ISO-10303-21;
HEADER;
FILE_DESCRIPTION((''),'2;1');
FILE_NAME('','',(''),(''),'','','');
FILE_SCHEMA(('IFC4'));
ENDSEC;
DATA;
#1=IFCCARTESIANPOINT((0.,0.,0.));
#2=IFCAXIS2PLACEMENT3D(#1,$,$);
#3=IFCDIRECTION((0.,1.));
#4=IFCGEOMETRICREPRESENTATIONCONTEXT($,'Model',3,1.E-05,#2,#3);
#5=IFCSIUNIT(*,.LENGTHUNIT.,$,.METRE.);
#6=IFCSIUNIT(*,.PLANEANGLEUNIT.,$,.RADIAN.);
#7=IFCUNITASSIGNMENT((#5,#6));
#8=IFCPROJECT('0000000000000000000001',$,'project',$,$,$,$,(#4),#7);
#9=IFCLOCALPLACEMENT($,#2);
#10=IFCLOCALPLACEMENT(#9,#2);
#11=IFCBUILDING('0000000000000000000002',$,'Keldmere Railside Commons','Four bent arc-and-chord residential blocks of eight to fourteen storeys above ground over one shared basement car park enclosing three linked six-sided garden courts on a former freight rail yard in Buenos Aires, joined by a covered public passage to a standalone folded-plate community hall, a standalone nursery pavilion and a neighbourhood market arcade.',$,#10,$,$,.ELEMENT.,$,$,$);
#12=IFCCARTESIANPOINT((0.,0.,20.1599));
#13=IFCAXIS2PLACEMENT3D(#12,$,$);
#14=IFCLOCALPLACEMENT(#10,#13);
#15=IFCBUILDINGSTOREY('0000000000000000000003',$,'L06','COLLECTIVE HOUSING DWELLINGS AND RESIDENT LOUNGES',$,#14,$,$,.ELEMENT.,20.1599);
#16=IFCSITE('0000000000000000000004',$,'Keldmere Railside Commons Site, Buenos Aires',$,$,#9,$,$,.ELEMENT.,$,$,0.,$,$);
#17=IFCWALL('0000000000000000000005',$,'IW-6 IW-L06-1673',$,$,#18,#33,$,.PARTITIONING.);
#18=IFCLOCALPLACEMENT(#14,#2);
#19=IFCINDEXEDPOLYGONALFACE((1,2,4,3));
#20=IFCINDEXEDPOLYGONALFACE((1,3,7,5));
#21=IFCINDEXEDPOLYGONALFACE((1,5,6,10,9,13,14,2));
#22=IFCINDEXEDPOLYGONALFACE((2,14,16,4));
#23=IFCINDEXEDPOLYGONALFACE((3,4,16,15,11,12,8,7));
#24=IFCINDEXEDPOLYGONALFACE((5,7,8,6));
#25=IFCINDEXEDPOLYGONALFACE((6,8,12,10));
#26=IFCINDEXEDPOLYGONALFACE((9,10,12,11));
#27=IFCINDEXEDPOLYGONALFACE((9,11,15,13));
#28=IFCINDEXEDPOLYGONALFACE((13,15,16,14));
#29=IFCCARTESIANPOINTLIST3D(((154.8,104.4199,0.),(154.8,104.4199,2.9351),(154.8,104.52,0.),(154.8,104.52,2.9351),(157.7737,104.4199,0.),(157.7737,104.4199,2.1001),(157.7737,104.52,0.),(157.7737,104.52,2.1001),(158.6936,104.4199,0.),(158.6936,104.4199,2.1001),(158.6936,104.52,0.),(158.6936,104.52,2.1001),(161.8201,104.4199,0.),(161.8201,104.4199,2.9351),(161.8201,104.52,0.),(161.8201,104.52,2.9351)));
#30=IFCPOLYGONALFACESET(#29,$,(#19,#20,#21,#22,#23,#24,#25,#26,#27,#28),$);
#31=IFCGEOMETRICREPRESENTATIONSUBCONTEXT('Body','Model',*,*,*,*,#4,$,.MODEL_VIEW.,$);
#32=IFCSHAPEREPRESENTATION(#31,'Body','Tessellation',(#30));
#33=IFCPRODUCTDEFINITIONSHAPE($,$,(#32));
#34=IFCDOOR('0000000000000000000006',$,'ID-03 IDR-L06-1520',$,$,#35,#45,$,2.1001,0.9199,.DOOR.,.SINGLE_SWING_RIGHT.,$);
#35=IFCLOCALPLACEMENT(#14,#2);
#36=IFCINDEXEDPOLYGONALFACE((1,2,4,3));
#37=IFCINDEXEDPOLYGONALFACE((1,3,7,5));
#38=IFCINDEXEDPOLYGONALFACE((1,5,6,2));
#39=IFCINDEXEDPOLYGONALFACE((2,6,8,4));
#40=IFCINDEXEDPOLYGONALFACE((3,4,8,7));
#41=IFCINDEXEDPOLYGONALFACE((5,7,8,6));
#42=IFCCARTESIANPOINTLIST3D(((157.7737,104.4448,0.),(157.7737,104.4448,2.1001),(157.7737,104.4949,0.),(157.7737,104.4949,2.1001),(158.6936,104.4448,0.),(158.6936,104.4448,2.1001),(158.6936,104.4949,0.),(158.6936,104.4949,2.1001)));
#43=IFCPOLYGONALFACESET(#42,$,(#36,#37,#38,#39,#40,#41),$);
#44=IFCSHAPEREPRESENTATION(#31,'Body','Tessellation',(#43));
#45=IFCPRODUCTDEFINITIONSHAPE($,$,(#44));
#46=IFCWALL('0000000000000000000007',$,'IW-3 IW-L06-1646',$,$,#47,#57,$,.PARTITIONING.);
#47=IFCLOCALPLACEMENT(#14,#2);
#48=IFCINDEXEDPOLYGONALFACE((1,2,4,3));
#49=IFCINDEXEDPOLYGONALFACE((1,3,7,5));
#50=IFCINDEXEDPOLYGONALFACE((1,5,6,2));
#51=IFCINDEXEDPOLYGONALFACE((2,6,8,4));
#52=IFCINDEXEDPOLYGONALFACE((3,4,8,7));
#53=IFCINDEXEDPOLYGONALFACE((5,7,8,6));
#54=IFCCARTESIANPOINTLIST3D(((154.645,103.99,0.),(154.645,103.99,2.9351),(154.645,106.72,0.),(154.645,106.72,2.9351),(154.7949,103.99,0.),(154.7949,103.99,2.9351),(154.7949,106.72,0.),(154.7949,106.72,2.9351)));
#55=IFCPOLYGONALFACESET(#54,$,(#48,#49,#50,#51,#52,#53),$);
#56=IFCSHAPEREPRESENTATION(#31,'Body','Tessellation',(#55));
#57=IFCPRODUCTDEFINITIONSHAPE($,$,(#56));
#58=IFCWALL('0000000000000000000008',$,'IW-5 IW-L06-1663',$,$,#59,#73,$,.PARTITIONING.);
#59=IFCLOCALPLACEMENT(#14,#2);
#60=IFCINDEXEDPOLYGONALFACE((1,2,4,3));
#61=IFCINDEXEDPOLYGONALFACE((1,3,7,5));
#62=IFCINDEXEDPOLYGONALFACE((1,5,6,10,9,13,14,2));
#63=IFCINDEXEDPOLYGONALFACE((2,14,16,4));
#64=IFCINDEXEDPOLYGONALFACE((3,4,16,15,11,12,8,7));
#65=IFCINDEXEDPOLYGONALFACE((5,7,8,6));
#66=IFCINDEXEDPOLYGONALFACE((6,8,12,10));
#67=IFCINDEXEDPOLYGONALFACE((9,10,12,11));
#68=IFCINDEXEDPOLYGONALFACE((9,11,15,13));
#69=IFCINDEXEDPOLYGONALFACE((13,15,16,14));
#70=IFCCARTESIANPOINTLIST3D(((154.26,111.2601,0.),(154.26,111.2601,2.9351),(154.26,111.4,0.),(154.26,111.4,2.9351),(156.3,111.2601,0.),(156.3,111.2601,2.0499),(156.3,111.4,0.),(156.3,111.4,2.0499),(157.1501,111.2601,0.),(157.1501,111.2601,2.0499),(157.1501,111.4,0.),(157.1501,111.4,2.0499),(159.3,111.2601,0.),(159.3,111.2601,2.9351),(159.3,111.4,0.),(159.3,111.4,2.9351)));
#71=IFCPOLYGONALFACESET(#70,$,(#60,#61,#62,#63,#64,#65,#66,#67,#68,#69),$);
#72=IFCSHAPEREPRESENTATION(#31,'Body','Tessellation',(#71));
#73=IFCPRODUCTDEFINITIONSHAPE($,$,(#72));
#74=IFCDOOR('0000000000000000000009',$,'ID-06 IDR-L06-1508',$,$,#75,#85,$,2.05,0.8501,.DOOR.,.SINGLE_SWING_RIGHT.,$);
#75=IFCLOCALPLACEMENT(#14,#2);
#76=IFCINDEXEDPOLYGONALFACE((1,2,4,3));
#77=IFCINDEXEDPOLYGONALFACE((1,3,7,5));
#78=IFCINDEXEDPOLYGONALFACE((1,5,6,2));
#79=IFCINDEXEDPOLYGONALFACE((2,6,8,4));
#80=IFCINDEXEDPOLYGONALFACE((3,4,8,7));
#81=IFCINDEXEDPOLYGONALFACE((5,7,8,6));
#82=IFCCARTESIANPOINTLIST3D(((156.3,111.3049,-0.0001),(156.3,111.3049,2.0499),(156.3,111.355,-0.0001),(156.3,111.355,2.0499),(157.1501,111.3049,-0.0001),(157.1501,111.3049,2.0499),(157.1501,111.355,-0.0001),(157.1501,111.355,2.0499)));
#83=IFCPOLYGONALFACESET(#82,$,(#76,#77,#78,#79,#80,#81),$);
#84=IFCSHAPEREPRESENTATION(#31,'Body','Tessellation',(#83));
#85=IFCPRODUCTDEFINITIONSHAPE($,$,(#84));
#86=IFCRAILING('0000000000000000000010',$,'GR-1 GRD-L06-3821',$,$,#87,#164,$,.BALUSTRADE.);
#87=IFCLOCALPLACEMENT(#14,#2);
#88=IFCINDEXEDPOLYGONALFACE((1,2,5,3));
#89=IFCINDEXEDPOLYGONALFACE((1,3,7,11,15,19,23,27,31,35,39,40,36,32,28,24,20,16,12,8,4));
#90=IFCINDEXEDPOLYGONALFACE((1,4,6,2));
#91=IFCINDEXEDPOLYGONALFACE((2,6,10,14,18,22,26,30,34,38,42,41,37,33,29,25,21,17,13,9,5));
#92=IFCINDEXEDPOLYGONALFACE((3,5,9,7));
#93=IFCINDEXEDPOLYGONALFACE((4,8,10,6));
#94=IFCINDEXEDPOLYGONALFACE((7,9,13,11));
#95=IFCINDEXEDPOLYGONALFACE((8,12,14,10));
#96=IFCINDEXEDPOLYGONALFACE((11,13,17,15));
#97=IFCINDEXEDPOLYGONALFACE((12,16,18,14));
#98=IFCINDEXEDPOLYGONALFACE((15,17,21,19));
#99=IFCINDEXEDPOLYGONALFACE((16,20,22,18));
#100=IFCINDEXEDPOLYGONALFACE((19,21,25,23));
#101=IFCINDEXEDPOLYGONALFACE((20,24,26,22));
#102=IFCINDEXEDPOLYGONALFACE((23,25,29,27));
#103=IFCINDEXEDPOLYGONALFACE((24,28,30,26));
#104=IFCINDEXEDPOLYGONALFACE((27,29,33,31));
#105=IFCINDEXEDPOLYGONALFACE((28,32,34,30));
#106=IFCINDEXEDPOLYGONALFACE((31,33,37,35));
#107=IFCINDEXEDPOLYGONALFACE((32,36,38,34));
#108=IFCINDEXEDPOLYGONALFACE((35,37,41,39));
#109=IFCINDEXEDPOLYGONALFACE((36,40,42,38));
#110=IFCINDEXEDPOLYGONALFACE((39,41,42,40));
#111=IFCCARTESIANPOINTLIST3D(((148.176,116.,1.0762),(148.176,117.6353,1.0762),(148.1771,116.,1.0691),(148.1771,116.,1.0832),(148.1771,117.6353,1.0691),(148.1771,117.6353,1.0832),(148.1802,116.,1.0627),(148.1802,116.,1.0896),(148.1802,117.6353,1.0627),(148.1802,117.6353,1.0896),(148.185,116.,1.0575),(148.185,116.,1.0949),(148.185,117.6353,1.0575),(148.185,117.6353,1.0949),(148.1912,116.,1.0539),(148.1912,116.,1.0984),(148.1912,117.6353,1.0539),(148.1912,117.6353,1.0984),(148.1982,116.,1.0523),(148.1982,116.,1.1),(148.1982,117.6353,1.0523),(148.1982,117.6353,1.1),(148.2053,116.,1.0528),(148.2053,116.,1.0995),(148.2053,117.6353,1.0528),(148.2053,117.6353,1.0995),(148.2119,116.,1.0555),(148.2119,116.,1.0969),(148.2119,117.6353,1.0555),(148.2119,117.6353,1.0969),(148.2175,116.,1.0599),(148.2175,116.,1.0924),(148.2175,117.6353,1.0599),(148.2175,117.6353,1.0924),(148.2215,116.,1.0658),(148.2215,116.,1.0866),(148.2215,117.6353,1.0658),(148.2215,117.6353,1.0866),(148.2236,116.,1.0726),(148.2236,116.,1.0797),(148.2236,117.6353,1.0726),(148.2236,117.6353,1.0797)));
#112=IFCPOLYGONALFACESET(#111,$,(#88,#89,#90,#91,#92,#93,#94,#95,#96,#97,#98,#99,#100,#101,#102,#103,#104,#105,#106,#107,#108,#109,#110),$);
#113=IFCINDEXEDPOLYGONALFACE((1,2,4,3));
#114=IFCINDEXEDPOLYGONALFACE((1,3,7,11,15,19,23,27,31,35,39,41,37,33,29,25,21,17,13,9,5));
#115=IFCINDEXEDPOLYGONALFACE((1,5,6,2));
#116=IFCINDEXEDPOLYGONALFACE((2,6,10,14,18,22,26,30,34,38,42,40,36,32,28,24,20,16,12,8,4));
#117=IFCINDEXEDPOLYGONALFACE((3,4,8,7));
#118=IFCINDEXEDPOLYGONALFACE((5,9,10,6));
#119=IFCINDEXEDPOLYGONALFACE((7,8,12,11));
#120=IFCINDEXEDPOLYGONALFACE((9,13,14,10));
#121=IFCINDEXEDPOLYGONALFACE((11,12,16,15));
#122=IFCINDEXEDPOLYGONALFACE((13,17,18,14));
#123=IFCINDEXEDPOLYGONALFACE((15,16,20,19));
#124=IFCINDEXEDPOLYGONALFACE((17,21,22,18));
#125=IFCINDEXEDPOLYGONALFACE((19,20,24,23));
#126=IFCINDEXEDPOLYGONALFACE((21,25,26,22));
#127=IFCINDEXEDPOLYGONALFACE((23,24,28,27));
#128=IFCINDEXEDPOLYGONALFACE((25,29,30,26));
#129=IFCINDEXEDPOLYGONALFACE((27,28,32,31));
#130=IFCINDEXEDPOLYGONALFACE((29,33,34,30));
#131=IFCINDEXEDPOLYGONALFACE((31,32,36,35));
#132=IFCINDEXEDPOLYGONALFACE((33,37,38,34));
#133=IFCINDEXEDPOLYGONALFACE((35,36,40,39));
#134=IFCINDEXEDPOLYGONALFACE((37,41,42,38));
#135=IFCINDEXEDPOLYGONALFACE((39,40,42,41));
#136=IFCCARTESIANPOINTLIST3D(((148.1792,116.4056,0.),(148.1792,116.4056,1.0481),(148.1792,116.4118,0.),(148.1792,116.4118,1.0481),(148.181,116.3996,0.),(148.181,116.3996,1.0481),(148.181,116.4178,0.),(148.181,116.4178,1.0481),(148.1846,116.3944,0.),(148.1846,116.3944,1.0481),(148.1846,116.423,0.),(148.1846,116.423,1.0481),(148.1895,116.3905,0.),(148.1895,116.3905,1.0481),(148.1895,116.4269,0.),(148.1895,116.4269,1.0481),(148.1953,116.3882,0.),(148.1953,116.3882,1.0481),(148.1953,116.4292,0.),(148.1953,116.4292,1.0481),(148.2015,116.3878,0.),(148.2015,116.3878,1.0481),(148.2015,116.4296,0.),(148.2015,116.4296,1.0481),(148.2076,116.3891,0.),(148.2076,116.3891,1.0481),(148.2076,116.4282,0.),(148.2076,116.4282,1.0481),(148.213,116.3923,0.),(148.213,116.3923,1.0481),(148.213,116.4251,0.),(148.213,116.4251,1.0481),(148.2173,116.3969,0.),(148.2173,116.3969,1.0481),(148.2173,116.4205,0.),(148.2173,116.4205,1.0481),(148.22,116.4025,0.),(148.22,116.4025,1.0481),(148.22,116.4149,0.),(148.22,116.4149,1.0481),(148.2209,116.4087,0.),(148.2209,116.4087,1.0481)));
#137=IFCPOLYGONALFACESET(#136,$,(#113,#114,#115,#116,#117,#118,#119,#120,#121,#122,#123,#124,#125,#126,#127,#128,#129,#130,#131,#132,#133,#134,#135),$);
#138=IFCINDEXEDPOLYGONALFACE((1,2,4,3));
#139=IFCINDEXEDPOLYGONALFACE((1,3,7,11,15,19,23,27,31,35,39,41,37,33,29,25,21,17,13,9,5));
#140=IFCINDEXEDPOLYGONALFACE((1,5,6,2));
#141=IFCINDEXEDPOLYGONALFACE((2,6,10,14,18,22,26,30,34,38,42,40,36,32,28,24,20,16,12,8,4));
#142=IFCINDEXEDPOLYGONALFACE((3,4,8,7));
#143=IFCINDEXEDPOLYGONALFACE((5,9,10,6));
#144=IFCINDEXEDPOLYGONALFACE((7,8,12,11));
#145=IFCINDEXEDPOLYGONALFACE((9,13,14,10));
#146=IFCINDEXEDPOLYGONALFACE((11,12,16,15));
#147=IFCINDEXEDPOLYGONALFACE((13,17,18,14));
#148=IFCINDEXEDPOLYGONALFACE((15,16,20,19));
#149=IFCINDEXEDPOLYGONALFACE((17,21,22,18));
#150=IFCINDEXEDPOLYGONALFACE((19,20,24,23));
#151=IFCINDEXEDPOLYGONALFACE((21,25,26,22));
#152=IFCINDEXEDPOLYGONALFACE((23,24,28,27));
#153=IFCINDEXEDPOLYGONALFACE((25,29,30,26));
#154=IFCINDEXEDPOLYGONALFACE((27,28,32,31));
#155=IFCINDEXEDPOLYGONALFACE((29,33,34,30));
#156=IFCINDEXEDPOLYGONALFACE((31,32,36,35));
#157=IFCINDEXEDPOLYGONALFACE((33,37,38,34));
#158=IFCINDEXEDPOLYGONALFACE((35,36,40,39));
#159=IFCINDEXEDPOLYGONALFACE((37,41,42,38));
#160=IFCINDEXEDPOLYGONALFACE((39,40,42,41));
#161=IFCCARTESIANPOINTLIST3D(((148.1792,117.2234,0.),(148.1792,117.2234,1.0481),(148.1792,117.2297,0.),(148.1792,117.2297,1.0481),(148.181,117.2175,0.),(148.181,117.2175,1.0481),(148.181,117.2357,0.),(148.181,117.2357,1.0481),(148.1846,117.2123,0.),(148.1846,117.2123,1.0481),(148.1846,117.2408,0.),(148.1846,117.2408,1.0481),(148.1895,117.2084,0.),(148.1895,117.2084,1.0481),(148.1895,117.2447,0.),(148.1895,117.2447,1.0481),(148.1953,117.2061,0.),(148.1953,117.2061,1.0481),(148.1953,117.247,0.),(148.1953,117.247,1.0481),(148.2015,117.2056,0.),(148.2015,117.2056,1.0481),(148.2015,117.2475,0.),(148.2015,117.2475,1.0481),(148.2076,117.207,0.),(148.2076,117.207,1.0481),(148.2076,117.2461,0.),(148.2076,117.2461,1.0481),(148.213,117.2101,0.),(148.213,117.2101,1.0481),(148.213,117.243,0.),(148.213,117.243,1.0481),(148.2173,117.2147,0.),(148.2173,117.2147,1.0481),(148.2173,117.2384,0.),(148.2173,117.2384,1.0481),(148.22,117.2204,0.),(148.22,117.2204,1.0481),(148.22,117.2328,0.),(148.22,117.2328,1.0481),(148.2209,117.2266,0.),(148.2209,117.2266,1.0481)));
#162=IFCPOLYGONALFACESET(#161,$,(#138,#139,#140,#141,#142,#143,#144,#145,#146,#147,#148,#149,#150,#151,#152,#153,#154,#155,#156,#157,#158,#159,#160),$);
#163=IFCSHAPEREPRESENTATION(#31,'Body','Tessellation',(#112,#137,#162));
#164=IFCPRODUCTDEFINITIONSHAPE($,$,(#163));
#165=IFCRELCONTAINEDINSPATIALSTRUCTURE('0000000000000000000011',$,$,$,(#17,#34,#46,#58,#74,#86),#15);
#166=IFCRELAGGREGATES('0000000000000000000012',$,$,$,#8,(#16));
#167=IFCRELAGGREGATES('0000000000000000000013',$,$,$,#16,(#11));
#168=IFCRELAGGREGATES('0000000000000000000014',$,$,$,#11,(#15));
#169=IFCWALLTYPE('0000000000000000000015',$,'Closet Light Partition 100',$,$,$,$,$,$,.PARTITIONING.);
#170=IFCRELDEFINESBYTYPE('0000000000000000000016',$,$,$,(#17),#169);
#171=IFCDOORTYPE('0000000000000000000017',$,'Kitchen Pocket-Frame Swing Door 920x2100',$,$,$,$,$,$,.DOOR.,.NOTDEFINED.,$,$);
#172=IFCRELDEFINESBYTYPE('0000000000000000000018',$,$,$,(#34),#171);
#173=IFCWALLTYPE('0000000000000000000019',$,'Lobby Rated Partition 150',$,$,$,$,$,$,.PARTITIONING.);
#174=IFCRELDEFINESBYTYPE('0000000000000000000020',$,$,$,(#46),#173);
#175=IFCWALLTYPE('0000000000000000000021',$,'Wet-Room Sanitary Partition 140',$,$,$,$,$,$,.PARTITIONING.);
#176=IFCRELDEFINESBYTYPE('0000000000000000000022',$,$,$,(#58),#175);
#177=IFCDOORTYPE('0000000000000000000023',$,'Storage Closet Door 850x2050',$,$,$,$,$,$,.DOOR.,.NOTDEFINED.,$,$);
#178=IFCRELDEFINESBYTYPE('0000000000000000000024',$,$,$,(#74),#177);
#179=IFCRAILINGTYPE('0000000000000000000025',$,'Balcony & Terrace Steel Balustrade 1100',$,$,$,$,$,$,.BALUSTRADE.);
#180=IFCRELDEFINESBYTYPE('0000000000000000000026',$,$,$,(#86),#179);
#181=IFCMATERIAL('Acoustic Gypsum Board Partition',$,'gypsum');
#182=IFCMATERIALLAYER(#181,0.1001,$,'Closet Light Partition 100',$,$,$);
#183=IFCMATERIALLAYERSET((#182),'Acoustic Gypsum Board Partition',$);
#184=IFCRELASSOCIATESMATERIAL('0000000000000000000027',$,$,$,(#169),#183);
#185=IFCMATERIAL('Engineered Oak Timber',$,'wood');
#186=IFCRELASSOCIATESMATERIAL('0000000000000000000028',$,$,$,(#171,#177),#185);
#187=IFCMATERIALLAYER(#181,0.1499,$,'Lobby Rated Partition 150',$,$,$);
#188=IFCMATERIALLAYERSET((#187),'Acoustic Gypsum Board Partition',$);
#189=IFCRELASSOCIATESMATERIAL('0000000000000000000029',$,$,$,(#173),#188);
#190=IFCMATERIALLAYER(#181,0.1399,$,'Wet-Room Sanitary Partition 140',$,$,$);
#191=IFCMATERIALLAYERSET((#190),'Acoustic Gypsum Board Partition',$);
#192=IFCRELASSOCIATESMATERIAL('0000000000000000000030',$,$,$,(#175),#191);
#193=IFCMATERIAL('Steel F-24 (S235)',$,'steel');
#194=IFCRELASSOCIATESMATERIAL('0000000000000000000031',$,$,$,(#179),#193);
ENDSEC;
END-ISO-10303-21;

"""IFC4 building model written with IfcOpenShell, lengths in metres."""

from ifc_helpers import new_model, si_unit, direction, frame, frame_2d, origin, origin_2d, place, context, subcontext, project, spatial, rectangle, circle, extrude, material, layer, layer_set, type_object, element, fill, save


model = new_model("IFC4")

# Units and contexts
model_context = context("Model", 3, precision=1e-05, world=origin(), true_north=direction((0.0, 1.0)))
body_context = subcontext(model_context, "Body", "Model", "MODEL_VIEW")
ifc_project = project(units=[si_unit("LENGTHUNIT", "METRE"), si_unit("PLANEANGLEUNIT", "RADIAN")], contexts=[model_context])

# Site, building, storey
site_placement = place(None, origin())
site = spatial("IfcSite", under=ifc_project, at=site_placement, Name="Keldmere Railside Commons Site, Buenos Aires", CompositionType="ELEMENT", RefElevation=0.0)
building_placement = place(site_placement, origin())
building = spatial("IfcBuilding", under=site, at=building_placement, Name="Keldmere Railside Commons", Description="Four bent arc-and-chord residential blocks of eight to fourteen storeys above ground over one shared basement car park enclosing three linked six-sided garden courts on a former freight rail yard in Buenos Aires, joined by a covered public passage to a standalone folded-plate community hall, a standalone nursery pavilion and a neighbourhood market arcade.", CompositionType="ELEMENT")
storey_placement = place(building_placement, frame((0.0, 0.0, 20.1599)))
storey = spatial("IfcBuildingStorey", under=building, at=storey_placement, Name="L06", Description="COLLECTIVE HOUSING DWELLINGS AND RESIDENT LOUNGES", CompositionType="ELEMENT", Elevation=20.1599)

# Shared definitions
ifc_material_1 = material(Name="Acoustic Gypsum Board Partition", Category="gypsum")
ifc_material_2 = material(Name="Engineered Oak Timber", Category="wood")

# Wall, opening, door
ifc_layer_1 = layer(ifc_material_1, 0.1001, Name="Closet Light Partition 100")
ifc_layer_set_1 = layer_set([ifc_layer_1], Name="Acoustic Gypsum Board Partition")
wall_type_1 = type_object("IfcWallType", Name="Closet Light Partition 100", PredefinedType="PARTITIONING", material=ifc_layer_set_1)
wall_1_placement = place(storey_placement, frame((154.8, 104.47, 0.0), z_axis=(0.0, 0.0, 1.0), x_axis=(1.0, 0.0, 0.0)))
wall_1 = element("IfcWall", 1, at=wall_1_placement, inside=storey, type_object=wall_type_1, Name="IW-6 IW-L06-1673", PredefinedType="PARTITIONING", context=body_context, shape_type="SweptSolid", body=[
    extrude(rectangle(XDim=7.02, YDim=0.1001, at=frame_2d((3.51, 0.0))), origin(), (0.0, 0.0, 1.0), 2.9351),
])
opening_1_placement = place(wall_1_placement, frame((2.9736, 0.0, 0.0)))
opening_1 = element("IfcOpeningElement", 2, at=opening_1_placement, cuts=wall_1, PredefinedType="OPENING", context=body_context, shape_type="SweptSolid", body=[
    extrude(rectangle(XDim=0.9199, YDim=2.1001, at=frame_2d((0.46, 1.05))), frame((0.0, 0.0601, 0.0), z_axis=(0.0, -1.0, 0.0), x_axis=(1.0, 0.0, 0.0)), (0.0, 0.0, 1.0), 0.1201),
])
door_type_1 = type_object("IfcDoorType", Name="Kitchen Pocket-Frame Swing Door 920x2100", OperationType="NOTDEFINED", PredefinedType="DOOR", material=ifc_material_2)
door_1_placement = place(opening_1_placement, origin())
door_1 = element("IfcDoor", 3, at=door_1_placement, inside=storey, type_object=door_type_1, Name="ID-03 IDR-L06-1520", OperationType="SINGLE_SWING_RIGHT", OverallHeight=2.1001, OverallWidth=0.9199, PredefinedType="DOOR", context=body_context, shape_type="SweptSolid", body=[
    extrude(rectangle(XDim=0.9199, YDim=2.1001, at=frame_2d((0.46, 1.05))), frame((0.0, 0.0249, 0.0), z_axis=(0.0, -1.0, 0.0), x_axis=(1.0, 0.0, 0.0)), (0.0, 0.0, 1.0), 0.05),
])
fill(opening_1, door_1)
ifc_material_3 = material(Name="Steel F-24 (S235)", Category="steel")

# Wall
ifc_layer_2 = layer(ifc_material_1, 0.1499, Name="Lobby Rated Partition 150")
ifc_layer_set_2 = layer_set([ifc_layer_2], Name="Acoustic Gypsum Board Partition")
wall_type_2 = type_object("IfcWallType", Name="Lobby Rated Partition 150", PredefinedType="PARTITIONING", material=ifc_layer_set_2)
wall_2_placement = place(storey_placement, frame((154.72, 103.99, 0.0), z_axis=(0.0, 0.0, 1.0), x_axis=(0.0, 1.0, 0.0)))
element("IfcWall", 4, at=wall_2_placement, inside=storey, type_object=wall_type_2, Name="IW-3 IW-L06-1646", PredefinedType="PARTITIONING", context=body_context, shape_type="SweptSolid", body=[
    extrude(rectangle(XDim=2.73, YDim=0.1499, at=frame_2d((1.365, 0.0))), origin(), (0.0, 0.0, 1.0), 2.9351),
])

# Wall, opening, door
ifc_layer_3 = layer(ifc_material_1, 0.1399, Name="Wet-Room Sanitary Partition 140")
ifc_layer_set_3 = layer_set([ifc_layer_3], Name="Acoustic Gypsum Board Partition")
wall_type_3 = type_object("IfcWallType", Name="Wet-Room Sanitary Partition 140", PredefinedType="PARTITIONING", material=ifc_layer_set_3)
wall_3_placement = place(storey_placement, frame((154.26, 111.3301, 0.0), z_axis=(0.0, 0.0, 1.0), x_axis=(1.0, 0.0, 0.0)))
wall_3 = element("IfcWall", 5, at=wall_3_placement, inside=storey, type_object=wall_type_3, Name="IW-5 IW-L06-1663", PredefinedType="PARTITIONING", context=body_context, shape_type="SweptSolid", body=[
    extrude(rectangle(XDim=5.04, YDim=0.1399, at=frame_2d((2.52, 0.0))), origin(), (0.0, 0.0, 1.0), 2.9351),
])
opening_2_placement = place(wall_3_placement, frame((2.04, 0.0, 0.0)))
opening_2 = element("IfcOpeningElement", 6, at=opening_2_placement, cuts=wall_3, PredefinedType="OPENING", context=body_context, shape_type="SweptSolid", body=[
    extrude(rectangle(XDim=0.8501, YDim=2.05, at=frame_2d((0.425, 1.0249))), frame((0.0, 0.0798, 0.0), z_axis=(0.0, -1.0, 0.0), x_axis=(1.0, 0.0, 0.0)), (0.0, 0.0, 1.0), 0.1599),
])
door_type_2 = type_object("IfcDoorType", Name="Storage Closet Door 850x2050", OperationType="NOTDEFINED", PredefinedType="DOOR", material=ifc_material_2)
door_2_placement = place(opening_2_placement, origin())
door_2 = element("IfcDoor", 7, at=door_2_placement, inside=storey, type_object=door_type_2, Name="ID-06 IDR-L06-1508", OperationType="SINGLE_SWING_RIGHT", OverallHeight=2.05, OverallWidth=0.8501, PredefinedType="DOOR", context=body_context, shape_type="SweptSolid", body=[
    extrude(rectangle(XDim=0.8501, YDim=2.05, at=frame_2d((0.425, 1.0249))), frame((0.0, 0.0249, 0.0), z_axis=(0.0, -1.0, 0.0), x_axis=(1.0, 0.0, 0.0)), (0.0, 0.0, 1.0), 0.05),
])
fill(opening_2, door_2)

# Railing
railing_type_1 = type_object("IfcRailingType", Name="Balcony & Terrace Steel Balustrade 1100", PredefinedType="BALUSTRADE", material=ifc_material_3)
railing_1_placement = place(storey_placement, frame((148.2, 116.0, 0.0)))
element("IfcRailing", 8, at=railing_1_placement, inside=storey, type_object=railing_type_1, Name="GR-1 GRD-L06-3821", PredefinedType="BALUSTRADE", context=body_context, shape_type="SweptSolid", body=[
    extrude(circle(Radius=0.0239, at=origin_2d()), frame((0.0, 0.0, 1.0762), z_axis=(0.0, 1.0, 0.0), x_axis=(-1.0, 0.0, 0.0)), (0.0, 0.0, 1.0), 1.6353),
    extrude(circle(Radius=0.021, at=origin_2d()), frame((0.0, 0.4087, 0.0)), (0.0, 0.0, 1.0), 1.0481),
    extrude(circle(Radius=0.021, at=origin_2d()), frame((0.0, 1.2266, 0.0)), (0.0, 0.0, 1.0), 1.0481),
])

save(model, "model.ifc")
